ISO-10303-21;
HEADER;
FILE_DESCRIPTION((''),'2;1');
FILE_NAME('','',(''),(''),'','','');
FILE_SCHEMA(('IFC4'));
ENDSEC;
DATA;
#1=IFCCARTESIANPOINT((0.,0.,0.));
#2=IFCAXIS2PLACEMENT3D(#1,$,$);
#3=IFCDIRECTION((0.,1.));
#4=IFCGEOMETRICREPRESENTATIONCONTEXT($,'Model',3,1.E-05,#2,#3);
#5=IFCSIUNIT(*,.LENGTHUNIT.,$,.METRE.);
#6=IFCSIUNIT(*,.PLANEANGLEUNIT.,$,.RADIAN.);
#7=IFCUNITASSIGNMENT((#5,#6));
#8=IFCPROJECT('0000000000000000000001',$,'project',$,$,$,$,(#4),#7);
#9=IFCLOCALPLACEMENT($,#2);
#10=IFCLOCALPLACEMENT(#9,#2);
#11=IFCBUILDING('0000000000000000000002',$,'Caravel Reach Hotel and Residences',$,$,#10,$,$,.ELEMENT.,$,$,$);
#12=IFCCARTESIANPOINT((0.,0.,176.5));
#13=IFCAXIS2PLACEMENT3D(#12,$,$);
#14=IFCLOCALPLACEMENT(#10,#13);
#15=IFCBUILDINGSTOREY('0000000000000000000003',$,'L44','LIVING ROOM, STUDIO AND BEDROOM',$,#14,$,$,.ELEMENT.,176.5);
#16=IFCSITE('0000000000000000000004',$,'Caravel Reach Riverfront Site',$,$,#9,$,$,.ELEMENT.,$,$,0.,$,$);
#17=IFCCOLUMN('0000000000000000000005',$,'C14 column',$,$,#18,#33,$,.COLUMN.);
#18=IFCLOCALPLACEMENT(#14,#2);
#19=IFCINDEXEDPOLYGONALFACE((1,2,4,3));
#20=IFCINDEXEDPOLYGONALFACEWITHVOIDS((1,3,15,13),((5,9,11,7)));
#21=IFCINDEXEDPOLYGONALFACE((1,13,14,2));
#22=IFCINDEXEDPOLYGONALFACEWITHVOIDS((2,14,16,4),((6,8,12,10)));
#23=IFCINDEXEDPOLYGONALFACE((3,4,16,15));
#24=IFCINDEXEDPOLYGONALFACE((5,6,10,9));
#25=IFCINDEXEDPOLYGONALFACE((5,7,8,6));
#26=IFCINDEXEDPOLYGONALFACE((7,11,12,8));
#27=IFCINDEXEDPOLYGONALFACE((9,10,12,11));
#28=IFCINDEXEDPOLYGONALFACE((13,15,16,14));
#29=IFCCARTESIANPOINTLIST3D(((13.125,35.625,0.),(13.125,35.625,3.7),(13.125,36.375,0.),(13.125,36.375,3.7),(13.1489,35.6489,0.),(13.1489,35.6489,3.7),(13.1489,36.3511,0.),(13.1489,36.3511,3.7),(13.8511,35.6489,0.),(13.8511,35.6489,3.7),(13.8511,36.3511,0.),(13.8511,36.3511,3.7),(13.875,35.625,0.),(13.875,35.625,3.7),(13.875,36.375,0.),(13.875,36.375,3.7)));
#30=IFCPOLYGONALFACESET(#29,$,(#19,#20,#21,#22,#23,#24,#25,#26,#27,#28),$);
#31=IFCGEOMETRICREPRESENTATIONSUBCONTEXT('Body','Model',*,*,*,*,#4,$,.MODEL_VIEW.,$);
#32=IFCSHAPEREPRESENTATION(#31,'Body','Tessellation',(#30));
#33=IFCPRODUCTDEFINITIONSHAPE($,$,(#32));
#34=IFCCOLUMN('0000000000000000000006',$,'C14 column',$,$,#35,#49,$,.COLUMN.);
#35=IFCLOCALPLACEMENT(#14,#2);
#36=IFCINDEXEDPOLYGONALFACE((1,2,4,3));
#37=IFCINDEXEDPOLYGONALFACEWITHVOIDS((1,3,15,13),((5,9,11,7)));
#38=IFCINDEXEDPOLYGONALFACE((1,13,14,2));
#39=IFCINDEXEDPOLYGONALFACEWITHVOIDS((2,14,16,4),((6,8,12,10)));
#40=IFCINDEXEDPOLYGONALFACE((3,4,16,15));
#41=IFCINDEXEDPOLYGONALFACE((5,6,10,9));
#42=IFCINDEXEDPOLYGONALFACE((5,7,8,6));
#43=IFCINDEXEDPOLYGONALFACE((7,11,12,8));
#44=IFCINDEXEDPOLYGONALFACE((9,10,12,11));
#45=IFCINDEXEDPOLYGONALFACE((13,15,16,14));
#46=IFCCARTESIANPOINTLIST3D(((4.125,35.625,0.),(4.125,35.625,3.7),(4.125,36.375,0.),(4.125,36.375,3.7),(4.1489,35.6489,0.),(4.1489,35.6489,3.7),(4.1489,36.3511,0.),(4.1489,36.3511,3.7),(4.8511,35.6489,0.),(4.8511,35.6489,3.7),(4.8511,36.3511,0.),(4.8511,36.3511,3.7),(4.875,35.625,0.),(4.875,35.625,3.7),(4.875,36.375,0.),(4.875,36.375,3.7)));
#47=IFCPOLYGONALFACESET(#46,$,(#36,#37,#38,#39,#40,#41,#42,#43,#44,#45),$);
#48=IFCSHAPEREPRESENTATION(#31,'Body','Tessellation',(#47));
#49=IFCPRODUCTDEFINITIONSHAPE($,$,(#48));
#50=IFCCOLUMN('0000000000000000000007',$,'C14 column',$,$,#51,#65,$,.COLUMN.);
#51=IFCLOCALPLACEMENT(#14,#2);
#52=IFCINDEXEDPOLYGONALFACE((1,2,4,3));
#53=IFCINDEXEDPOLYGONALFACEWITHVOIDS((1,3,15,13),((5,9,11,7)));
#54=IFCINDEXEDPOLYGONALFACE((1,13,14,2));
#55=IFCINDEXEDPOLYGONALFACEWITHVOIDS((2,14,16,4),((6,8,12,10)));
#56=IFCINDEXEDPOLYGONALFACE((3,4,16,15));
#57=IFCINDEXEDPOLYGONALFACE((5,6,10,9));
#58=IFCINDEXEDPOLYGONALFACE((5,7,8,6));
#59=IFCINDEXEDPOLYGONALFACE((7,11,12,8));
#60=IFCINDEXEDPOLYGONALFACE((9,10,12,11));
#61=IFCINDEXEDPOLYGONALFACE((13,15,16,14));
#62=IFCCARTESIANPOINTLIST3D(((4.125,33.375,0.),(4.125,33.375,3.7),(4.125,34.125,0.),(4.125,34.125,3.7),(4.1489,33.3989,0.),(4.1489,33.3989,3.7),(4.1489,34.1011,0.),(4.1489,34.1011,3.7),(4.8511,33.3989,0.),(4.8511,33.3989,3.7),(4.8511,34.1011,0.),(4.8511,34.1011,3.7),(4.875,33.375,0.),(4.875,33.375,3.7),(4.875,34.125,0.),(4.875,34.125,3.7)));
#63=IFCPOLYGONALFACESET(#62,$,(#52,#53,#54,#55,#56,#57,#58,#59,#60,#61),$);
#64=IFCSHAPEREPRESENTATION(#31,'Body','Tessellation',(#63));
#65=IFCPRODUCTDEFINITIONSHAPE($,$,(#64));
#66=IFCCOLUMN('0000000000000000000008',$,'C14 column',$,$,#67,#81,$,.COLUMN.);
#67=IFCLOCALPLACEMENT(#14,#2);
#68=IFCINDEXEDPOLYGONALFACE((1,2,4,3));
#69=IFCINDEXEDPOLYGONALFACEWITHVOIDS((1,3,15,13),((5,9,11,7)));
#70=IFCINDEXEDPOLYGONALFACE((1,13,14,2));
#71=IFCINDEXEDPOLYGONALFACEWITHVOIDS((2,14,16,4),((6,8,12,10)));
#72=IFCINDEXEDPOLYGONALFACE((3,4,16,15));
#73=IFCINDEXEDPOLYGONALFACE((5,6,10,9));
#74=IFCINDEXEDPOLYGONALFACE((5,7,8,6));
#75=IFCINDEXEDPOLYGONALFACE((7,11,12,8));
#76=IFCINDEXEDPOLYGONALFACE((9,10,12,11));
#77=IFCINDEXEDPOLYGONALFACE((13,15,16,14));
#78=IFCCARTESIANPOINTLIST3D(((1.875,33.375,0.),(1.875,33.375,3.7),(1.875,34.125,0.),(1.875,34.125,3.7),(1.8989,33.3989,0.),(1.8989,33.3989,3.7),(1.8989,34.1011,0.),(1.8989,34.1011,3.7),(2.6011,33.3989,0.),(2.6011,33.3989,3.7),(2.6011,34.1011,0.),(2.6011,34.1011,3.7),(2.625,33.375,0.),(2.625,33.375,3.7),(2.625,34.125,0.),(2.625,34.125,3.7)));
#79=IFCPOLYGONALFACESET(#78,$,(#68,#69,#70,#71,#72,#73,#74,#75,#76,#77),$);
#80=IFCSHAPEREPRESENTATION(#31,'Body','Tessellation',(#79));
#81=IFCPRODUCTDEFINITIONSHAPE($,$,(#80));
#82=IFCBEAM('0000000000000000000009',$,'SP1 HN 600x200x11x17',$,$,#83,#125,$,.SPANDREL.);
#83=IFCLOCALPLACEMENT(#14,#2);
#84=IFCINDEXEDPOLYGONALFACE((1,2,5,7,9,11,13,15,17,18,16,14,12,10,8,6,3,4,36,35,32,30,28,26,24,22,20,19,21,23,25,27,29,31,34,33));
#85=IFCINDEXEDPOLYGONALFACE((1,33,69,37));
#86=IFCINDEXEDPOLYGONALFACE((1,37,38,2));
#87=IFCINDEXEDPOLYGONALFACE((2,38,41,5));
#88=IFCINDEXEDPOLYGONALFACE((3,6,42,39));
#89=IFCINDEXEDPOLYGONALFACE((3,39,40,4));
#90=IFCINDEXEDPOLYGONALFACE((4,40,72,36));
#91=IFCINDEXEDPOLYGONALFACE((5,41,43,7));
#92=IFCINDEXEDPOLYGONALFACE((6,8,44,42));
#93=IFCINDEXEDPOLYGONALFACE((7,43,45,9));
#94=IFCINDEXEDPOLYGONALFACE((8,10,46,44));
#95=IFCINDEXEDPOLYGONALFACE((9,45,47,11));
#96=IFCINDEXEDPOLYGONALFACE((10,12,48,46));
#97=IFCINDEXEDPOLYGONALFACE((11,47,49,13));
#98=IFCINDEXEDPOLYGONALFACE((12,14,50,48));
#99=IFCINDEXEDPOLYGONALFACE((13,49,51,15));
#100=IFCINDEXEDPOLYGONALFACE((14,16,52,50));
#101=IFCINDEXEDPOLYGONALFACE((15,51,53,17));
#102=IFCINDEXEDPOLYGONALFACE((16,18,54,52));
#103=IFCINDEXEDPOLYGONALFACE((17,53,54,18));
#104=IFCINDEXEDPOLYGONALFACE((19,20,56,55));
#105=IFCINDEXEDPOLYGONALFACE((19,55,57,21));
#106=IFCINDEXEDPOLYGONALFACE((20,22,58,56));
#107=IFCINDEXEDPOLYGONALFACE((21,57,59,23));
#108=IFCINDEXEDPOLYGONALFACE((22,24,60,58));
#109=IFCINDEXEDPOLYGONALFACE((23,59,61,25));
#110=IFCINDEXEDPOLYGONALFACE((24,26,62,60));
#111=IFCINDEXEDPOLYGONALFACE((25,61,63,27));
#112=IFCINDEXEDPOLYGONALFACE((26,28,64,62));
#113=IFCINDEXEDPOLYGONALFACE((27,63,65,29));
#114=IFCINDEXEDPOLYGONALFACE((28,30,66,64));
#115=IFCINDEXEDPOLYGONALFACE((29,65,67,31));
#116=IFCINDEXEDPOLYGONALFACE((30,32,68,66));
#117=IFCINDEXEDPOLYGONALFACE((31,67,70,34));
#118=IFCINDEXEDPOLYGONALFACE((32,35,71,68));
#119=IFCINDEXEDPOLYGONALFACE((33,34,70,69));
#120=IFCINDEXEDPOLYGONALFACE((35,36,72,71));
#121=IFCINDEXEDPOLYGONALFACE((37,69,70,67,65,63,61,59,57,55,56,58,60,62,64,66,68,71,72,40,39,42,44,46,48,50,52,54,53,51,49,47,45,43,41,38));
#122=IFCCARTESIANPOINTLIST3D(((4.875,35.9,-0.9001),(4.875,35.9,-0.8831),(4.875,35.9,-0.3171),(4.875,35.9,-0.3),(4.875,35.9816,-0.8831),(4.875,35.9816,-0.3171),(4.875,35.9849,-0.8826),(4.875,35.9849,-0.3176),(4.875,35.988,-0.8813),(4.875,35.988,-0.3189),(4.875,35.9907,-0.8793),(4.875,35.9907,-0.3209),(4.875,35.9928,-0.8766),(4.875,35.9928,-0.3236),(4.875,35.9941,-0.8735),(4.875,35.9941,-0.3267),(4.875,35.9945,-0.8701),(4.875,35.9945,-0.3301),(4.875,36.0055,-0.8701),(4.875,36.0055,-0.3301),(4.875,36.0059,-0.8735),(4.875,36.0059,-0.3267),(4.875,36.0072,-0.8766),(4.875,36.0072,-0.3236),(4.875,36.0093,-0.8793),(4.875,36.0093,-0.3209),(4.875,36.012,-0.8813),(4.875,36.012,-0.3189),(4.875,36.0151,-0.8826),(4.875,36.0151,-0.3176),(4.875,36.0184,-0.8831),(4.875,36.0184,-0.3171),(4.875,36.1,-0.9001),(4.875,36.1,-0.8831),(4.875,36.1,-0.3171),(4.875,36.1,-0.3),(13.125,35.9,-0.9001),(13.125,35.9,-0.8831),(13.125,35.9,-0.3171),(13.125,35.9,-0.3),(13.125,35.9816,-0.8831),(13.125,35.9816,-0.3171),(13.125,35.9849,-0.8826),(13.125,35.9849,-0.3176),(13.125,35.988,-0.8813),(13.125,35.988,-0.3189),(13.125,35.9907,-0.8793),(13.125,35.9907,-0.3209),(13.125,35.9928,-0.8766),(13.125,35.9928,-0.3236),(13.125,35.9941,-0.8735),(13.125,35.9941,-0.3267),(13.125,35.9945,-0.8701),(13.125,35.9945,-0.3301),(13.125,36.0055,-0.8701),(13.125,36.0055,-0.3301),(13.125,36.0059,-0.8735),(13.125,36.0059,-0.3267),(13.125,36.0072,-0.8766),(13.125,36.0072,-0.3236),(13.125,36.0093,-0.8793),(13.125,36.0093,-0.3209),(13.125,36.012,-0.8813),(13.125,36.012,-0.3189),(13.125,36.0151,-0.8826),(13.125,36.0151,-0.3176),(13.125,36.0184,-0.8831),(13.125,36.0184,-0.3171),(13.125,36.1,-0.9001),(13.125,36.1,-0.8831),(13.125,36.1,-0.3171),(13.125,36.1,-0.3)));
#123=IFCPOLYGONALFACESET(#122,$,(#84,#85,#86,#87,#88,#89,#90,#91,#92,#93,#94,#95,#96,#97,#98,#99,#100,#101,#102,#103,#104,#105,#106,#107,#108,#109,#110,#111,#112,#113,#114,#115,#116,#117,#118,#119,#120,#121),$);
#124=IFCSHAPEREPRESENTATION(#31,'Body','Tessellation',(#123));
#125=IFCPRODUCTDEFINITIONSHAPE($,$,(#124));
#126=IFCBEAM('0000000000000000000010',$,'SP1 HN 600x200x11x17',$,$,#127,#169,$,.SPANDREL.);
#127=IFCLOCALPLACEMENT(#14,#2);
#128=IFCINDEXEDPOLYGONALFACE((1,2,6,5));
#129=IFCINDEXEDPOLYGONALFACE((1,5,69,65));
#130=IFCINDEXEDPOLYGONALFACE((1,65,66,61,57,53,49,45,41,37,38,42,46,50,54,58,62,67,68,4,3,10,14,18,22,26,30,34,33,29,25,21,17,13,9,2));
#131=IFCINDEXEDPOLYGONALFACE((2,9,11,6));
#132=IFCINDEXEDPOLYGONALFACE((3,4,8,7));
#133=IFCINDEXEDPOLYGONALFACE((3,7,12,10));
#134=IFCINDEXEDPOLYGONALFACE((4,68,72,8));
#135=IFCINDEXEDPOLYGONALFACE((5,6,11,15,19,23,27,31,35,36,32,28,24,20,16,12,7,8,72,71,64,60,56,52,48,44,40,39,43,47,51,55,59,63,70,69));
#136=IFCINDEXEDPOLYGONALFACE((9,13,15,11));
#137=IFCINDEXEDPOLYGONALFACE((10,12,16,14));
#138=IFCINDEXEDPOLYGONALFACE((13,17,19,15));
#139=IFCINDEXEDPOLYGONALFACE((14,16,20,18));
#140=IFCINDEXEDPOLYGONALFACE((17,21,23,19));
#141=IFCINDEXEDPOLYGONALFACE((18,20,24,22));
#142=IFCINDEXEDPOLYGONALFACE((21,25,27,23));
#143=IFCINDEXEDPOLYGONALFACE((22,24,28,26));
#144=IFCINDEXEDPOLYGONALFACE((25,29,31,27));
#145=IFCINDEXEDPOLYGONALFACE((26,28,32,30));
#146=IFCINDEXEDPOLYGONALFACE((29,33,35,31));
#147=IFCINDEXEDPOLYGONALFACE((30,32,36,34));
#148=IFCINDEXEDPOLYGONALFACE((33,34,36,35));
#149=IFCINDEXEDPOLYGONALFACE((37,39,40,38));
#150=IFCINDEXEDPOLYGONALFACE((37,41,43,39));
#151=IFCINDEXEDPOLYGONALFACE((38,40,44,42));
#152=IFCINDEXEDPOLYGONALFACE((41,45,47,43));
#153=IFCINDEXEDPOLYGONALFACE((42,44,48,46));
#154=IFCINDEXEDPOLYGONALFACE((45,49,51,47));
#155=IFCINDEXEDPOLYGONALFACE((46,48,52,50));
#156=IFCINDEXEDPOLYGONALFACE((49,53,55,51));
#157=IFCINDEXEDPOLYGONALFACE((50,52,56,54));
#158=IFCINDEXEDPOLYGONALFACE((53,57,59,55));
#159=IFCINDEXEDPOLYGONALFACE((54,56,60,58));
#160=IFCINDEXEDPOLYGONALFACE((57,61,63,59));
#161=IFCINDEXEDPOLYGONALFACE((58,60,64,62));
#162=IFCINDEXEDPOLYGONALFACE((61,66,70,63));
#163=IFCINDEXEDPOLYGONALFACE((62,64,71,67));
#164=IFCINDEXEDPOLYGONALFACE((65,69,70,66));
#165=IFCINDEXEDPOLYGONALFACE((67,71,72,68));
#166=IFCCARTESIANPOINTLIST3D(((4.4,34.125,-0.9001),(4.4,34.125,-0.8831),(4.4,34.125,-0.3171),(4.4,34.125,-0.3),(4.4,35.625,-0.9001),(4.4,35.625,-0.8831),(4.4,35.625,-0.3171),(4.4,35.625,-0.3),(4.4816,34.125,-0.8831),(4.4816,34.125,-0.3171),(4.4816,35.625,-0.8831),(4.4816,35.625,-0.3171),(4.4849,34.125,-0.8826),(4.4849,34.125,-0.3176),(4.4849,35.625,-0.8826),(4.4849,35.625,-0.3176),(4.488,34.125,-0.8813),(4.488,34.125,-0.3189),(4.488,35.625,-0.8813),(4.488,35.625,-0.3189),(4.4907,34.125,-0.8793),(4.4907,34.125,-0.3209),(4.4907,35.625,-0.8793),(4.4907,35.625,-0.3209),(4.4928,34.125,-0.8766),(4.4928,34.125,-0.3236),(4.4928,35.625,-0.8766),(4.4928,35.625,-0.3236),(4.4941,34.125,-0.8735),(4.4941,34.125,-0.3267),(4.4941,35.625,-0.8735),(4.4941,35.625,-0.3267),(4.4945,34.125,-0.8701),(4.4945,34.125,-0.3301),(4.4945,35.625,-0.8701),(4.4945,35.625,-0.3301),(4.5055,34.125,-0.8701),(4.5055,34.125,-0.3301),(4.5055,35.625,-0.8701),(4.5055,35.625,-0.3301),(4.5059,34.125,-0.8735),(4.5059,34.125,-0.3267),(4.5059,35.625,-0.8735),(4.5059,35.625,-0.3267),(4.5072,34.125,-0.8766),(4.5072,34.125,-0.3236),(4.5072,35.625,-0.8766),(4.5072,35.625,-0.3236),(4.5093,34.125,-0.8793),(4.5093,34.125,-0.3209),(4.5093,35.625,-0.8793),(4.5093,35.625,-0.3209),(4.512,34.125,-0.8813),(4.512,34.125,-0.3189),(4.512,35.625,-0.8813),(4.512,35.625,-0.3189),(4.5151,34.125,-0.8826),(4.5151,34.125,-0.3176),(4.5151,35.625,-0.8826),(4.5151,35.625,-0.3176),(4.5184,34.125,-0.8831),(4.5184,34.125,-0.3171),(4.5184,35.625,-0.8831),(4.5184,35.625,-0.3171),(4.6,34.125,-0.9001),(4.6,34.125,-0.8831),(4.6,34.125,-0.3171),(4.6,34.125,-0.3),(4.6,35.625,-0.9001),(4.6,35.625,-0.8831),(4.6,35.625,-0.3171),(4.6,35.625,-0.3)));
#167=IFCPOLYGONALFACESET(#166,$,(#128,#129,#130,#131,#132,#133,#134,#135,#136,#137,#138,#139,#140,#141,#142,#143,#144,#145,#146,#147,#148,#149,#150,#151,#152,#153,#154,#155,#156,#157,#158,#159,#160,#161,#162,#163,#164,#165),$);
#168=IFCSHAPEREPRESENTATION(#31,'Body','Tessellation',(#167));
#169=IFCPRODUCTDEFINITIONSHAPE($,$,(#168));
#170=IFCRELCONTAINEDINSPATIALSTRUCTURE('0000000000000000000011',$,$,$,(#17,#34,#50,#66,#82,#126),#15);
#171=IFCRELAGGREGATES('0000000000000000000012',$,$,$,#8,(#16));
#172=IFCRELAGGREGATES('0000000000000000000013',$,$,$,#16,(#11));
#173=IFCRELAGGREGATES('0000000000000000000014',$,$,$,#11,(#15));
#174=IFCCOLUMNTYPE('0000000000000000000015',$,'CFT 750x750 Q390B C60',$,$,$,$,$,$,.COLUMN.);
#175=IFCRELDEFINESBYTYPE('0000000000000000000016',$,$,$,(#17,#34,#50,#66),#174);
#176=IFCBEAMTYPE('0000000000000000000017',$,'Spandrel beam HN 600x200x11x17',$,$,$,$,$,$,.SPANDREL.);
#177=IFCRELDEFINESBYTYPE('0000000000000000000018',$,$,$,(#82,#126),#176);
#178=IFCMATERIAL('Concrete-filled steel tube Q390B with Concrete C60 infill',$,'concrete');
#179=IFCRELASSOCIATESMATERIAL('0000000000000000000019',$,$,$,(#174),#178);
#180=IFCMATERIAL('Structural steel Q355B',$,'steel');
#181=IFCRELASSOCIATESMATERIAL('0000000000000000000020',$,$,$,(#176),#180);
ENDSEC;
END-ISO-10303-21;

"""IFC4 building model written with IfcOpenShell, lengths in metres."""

from ifc_helpers import new_model, si_unit, direction, frame, origin, origin_2d, place, context, subcontext, project, spatial, hollow_rectangle, i_section, extrude, material, material_profile, profile_set, type_object, element, save


model = new_model("IFC4")

# Units and contexts
model_context = context("Model", 3, precision=1e-05, world=origin(), true_north=direction((0.0, 1.0)))
body_context = subcontext(model_context, "Body", "Model", "MODEL_VIEW")
ifc_project = project(units=[si_unit("LENGTHUNIT", "METRE"), si_unit("PLANEANGLEUNIT", "RADIAN")], contexts=[model_context])

# Site, building, storey
site_placement = place(None, origin())
site = spatial("IfcSite", under=ifc_project, at=site_placement, Name="Caravel Reach Riverfront Site", CompositionType="ELEMENT", RefElevation=0.0)
building_placement = place(site_placement, origin())
building = spatial("IfcBuilding", under=site, at=building_placement, Name="Caravel Reach Hotel and Residences", CompositionType="ELEMENT")
storey_placement = place(building_placement, frame((0.0, 0.0, 176.5)))
storey = spatial("IfcBuildingStorey", under=building, at=storey_placement, Name="L44", Description="LIVING ROOM, STUDIO AND BEDROOM", CompositionType="ELEMENT", Elevation=176.5)

# Columns
ifc_material_1 = material(Name="Concrete-filled steel tube Q390B with Concrete C60 infill", Category="concrete")
ifc_material_profile_1 = material_profile(ifc_material_1, hollow_rectangle(XDim=0.75, YDim=0.75, WallThickness=0.0239, at=origin_2d()), Name="RHS 750x750x24")
ifc_profile_set_1 = profile_set([ifc_material_profile_1], Name="Concrete-filled steel tube Q390B with Concrete C60 infill")
column_type = type_object("IfcColumnType", Name="CFT 750x750 Q390B C60", PredefinedType="COLUMN", material=ifc_profile_set_1)
for number, where, z_axis, x_axis, name in (
    (1, (13.5, 36.0, 0.0), (0.0, 0.0, 1.0), (1.0, 0.0, 0.0), "C14 column"),
    (2, (4.5, 36.0, 0.0), (0.0, 0.0, 1.0), (1.0, 0.0, 0.0), "C14 column"),
    (3, (4.5, 33.75, 0.0), (0.0, 0.0, 1.0), (1.0, 0.0, 0.0), "C14 column"),
    (4, (2.25, 33.75, 0.0), (0.0, 0.0, 1.0), (1.0, 0.0, 0.0), "C14 column"),
):
    element("IfcColumn", number, at=place(storey_placement, frame(where, z_axis=z_axis, x_axis=x_axis)), inside=storey, type_object=column_type, Name=name, PredefinedType="COLUMN", context=body_context, shape_type="SweptSolid", body=[
        extrude(hollow_rectangle(XDim=0.75, YDim=0.75, WallThickness=0.0239, at=origin_2d()), origin(), (0.0, 0.0, 1.0), 3.7),
    ])

# Beams
ifc_material_2 = material(Name="Structural steel Q355B", Category="steel")
ifc_material_profile_2 = material_profile(ifc_material_2, i_section(OverallWidth=0.2, OverallDepth=0.6001, WebThickness=0.011, FlangeThickness=0.0171, FilletRadius=0.0129, at=origin_2d()), Name="HN 600x200x11x17")
ifc_profile_set_2 = profile_set([ifc_material_profile_2], Name="Structural steel Q355B")
beam_type = type_object("IfcBeamType", Name="Spandrel beam HN 600x200x11x17", PredefinedType="SPANDREL", material=ifc_profile_set_2)
beam_placement = place(storey_placement, frame((13.125, 36.0, -0.6001), z_axis=(-1.0, 0.0, 0.0), x_axis=(0.0, -1.0, 0.0)))
element("IfcBeam", 5, at=beam_placement, inside=storey, type_object=beam_type, Name="SP1 HN 600x200x11x17", PredefinedType="SPANDREL", context=body_context, shape_type="SweptSolid", body=[
    extrude(i_section(OverallWidth=0.2, OverallDepth=0.6001, WebThickness=0.011, FlangeThickness=0.0171, FilletRadius=0.0129, at=origin_2d()), origin(), (0.0, 0.0, 1.0), 8.25),
])
for number, where, z_axis, x_axis, name in (
    (6, (4.5, 35.625, -0.6001), (0.0, -1.0, 0.0), (1.0, 0.0, 0.0), "SP1 HN 600x200x11x17"),
):
    element("IfcBeam", number, at=place(storey_placement, frame(where, z_axis=z_axis, x_axis=x_axis)), inside=storey, type_object=beam_type, Name=name, PredefinedType="SPANDREL", context=body_context, shape_type="SweptSolid", body=[
        extrude(i_section(OverallWidth=0.2, OverallDepth=0.6001, WebThickness=0.011, FlangeThickness=0.0171, FilletRadius=0.0129, at=origin_2d()), origin(), (0.0, 0.0, 1.0), 1.5),
    ])

save(model, "model.ifc")
